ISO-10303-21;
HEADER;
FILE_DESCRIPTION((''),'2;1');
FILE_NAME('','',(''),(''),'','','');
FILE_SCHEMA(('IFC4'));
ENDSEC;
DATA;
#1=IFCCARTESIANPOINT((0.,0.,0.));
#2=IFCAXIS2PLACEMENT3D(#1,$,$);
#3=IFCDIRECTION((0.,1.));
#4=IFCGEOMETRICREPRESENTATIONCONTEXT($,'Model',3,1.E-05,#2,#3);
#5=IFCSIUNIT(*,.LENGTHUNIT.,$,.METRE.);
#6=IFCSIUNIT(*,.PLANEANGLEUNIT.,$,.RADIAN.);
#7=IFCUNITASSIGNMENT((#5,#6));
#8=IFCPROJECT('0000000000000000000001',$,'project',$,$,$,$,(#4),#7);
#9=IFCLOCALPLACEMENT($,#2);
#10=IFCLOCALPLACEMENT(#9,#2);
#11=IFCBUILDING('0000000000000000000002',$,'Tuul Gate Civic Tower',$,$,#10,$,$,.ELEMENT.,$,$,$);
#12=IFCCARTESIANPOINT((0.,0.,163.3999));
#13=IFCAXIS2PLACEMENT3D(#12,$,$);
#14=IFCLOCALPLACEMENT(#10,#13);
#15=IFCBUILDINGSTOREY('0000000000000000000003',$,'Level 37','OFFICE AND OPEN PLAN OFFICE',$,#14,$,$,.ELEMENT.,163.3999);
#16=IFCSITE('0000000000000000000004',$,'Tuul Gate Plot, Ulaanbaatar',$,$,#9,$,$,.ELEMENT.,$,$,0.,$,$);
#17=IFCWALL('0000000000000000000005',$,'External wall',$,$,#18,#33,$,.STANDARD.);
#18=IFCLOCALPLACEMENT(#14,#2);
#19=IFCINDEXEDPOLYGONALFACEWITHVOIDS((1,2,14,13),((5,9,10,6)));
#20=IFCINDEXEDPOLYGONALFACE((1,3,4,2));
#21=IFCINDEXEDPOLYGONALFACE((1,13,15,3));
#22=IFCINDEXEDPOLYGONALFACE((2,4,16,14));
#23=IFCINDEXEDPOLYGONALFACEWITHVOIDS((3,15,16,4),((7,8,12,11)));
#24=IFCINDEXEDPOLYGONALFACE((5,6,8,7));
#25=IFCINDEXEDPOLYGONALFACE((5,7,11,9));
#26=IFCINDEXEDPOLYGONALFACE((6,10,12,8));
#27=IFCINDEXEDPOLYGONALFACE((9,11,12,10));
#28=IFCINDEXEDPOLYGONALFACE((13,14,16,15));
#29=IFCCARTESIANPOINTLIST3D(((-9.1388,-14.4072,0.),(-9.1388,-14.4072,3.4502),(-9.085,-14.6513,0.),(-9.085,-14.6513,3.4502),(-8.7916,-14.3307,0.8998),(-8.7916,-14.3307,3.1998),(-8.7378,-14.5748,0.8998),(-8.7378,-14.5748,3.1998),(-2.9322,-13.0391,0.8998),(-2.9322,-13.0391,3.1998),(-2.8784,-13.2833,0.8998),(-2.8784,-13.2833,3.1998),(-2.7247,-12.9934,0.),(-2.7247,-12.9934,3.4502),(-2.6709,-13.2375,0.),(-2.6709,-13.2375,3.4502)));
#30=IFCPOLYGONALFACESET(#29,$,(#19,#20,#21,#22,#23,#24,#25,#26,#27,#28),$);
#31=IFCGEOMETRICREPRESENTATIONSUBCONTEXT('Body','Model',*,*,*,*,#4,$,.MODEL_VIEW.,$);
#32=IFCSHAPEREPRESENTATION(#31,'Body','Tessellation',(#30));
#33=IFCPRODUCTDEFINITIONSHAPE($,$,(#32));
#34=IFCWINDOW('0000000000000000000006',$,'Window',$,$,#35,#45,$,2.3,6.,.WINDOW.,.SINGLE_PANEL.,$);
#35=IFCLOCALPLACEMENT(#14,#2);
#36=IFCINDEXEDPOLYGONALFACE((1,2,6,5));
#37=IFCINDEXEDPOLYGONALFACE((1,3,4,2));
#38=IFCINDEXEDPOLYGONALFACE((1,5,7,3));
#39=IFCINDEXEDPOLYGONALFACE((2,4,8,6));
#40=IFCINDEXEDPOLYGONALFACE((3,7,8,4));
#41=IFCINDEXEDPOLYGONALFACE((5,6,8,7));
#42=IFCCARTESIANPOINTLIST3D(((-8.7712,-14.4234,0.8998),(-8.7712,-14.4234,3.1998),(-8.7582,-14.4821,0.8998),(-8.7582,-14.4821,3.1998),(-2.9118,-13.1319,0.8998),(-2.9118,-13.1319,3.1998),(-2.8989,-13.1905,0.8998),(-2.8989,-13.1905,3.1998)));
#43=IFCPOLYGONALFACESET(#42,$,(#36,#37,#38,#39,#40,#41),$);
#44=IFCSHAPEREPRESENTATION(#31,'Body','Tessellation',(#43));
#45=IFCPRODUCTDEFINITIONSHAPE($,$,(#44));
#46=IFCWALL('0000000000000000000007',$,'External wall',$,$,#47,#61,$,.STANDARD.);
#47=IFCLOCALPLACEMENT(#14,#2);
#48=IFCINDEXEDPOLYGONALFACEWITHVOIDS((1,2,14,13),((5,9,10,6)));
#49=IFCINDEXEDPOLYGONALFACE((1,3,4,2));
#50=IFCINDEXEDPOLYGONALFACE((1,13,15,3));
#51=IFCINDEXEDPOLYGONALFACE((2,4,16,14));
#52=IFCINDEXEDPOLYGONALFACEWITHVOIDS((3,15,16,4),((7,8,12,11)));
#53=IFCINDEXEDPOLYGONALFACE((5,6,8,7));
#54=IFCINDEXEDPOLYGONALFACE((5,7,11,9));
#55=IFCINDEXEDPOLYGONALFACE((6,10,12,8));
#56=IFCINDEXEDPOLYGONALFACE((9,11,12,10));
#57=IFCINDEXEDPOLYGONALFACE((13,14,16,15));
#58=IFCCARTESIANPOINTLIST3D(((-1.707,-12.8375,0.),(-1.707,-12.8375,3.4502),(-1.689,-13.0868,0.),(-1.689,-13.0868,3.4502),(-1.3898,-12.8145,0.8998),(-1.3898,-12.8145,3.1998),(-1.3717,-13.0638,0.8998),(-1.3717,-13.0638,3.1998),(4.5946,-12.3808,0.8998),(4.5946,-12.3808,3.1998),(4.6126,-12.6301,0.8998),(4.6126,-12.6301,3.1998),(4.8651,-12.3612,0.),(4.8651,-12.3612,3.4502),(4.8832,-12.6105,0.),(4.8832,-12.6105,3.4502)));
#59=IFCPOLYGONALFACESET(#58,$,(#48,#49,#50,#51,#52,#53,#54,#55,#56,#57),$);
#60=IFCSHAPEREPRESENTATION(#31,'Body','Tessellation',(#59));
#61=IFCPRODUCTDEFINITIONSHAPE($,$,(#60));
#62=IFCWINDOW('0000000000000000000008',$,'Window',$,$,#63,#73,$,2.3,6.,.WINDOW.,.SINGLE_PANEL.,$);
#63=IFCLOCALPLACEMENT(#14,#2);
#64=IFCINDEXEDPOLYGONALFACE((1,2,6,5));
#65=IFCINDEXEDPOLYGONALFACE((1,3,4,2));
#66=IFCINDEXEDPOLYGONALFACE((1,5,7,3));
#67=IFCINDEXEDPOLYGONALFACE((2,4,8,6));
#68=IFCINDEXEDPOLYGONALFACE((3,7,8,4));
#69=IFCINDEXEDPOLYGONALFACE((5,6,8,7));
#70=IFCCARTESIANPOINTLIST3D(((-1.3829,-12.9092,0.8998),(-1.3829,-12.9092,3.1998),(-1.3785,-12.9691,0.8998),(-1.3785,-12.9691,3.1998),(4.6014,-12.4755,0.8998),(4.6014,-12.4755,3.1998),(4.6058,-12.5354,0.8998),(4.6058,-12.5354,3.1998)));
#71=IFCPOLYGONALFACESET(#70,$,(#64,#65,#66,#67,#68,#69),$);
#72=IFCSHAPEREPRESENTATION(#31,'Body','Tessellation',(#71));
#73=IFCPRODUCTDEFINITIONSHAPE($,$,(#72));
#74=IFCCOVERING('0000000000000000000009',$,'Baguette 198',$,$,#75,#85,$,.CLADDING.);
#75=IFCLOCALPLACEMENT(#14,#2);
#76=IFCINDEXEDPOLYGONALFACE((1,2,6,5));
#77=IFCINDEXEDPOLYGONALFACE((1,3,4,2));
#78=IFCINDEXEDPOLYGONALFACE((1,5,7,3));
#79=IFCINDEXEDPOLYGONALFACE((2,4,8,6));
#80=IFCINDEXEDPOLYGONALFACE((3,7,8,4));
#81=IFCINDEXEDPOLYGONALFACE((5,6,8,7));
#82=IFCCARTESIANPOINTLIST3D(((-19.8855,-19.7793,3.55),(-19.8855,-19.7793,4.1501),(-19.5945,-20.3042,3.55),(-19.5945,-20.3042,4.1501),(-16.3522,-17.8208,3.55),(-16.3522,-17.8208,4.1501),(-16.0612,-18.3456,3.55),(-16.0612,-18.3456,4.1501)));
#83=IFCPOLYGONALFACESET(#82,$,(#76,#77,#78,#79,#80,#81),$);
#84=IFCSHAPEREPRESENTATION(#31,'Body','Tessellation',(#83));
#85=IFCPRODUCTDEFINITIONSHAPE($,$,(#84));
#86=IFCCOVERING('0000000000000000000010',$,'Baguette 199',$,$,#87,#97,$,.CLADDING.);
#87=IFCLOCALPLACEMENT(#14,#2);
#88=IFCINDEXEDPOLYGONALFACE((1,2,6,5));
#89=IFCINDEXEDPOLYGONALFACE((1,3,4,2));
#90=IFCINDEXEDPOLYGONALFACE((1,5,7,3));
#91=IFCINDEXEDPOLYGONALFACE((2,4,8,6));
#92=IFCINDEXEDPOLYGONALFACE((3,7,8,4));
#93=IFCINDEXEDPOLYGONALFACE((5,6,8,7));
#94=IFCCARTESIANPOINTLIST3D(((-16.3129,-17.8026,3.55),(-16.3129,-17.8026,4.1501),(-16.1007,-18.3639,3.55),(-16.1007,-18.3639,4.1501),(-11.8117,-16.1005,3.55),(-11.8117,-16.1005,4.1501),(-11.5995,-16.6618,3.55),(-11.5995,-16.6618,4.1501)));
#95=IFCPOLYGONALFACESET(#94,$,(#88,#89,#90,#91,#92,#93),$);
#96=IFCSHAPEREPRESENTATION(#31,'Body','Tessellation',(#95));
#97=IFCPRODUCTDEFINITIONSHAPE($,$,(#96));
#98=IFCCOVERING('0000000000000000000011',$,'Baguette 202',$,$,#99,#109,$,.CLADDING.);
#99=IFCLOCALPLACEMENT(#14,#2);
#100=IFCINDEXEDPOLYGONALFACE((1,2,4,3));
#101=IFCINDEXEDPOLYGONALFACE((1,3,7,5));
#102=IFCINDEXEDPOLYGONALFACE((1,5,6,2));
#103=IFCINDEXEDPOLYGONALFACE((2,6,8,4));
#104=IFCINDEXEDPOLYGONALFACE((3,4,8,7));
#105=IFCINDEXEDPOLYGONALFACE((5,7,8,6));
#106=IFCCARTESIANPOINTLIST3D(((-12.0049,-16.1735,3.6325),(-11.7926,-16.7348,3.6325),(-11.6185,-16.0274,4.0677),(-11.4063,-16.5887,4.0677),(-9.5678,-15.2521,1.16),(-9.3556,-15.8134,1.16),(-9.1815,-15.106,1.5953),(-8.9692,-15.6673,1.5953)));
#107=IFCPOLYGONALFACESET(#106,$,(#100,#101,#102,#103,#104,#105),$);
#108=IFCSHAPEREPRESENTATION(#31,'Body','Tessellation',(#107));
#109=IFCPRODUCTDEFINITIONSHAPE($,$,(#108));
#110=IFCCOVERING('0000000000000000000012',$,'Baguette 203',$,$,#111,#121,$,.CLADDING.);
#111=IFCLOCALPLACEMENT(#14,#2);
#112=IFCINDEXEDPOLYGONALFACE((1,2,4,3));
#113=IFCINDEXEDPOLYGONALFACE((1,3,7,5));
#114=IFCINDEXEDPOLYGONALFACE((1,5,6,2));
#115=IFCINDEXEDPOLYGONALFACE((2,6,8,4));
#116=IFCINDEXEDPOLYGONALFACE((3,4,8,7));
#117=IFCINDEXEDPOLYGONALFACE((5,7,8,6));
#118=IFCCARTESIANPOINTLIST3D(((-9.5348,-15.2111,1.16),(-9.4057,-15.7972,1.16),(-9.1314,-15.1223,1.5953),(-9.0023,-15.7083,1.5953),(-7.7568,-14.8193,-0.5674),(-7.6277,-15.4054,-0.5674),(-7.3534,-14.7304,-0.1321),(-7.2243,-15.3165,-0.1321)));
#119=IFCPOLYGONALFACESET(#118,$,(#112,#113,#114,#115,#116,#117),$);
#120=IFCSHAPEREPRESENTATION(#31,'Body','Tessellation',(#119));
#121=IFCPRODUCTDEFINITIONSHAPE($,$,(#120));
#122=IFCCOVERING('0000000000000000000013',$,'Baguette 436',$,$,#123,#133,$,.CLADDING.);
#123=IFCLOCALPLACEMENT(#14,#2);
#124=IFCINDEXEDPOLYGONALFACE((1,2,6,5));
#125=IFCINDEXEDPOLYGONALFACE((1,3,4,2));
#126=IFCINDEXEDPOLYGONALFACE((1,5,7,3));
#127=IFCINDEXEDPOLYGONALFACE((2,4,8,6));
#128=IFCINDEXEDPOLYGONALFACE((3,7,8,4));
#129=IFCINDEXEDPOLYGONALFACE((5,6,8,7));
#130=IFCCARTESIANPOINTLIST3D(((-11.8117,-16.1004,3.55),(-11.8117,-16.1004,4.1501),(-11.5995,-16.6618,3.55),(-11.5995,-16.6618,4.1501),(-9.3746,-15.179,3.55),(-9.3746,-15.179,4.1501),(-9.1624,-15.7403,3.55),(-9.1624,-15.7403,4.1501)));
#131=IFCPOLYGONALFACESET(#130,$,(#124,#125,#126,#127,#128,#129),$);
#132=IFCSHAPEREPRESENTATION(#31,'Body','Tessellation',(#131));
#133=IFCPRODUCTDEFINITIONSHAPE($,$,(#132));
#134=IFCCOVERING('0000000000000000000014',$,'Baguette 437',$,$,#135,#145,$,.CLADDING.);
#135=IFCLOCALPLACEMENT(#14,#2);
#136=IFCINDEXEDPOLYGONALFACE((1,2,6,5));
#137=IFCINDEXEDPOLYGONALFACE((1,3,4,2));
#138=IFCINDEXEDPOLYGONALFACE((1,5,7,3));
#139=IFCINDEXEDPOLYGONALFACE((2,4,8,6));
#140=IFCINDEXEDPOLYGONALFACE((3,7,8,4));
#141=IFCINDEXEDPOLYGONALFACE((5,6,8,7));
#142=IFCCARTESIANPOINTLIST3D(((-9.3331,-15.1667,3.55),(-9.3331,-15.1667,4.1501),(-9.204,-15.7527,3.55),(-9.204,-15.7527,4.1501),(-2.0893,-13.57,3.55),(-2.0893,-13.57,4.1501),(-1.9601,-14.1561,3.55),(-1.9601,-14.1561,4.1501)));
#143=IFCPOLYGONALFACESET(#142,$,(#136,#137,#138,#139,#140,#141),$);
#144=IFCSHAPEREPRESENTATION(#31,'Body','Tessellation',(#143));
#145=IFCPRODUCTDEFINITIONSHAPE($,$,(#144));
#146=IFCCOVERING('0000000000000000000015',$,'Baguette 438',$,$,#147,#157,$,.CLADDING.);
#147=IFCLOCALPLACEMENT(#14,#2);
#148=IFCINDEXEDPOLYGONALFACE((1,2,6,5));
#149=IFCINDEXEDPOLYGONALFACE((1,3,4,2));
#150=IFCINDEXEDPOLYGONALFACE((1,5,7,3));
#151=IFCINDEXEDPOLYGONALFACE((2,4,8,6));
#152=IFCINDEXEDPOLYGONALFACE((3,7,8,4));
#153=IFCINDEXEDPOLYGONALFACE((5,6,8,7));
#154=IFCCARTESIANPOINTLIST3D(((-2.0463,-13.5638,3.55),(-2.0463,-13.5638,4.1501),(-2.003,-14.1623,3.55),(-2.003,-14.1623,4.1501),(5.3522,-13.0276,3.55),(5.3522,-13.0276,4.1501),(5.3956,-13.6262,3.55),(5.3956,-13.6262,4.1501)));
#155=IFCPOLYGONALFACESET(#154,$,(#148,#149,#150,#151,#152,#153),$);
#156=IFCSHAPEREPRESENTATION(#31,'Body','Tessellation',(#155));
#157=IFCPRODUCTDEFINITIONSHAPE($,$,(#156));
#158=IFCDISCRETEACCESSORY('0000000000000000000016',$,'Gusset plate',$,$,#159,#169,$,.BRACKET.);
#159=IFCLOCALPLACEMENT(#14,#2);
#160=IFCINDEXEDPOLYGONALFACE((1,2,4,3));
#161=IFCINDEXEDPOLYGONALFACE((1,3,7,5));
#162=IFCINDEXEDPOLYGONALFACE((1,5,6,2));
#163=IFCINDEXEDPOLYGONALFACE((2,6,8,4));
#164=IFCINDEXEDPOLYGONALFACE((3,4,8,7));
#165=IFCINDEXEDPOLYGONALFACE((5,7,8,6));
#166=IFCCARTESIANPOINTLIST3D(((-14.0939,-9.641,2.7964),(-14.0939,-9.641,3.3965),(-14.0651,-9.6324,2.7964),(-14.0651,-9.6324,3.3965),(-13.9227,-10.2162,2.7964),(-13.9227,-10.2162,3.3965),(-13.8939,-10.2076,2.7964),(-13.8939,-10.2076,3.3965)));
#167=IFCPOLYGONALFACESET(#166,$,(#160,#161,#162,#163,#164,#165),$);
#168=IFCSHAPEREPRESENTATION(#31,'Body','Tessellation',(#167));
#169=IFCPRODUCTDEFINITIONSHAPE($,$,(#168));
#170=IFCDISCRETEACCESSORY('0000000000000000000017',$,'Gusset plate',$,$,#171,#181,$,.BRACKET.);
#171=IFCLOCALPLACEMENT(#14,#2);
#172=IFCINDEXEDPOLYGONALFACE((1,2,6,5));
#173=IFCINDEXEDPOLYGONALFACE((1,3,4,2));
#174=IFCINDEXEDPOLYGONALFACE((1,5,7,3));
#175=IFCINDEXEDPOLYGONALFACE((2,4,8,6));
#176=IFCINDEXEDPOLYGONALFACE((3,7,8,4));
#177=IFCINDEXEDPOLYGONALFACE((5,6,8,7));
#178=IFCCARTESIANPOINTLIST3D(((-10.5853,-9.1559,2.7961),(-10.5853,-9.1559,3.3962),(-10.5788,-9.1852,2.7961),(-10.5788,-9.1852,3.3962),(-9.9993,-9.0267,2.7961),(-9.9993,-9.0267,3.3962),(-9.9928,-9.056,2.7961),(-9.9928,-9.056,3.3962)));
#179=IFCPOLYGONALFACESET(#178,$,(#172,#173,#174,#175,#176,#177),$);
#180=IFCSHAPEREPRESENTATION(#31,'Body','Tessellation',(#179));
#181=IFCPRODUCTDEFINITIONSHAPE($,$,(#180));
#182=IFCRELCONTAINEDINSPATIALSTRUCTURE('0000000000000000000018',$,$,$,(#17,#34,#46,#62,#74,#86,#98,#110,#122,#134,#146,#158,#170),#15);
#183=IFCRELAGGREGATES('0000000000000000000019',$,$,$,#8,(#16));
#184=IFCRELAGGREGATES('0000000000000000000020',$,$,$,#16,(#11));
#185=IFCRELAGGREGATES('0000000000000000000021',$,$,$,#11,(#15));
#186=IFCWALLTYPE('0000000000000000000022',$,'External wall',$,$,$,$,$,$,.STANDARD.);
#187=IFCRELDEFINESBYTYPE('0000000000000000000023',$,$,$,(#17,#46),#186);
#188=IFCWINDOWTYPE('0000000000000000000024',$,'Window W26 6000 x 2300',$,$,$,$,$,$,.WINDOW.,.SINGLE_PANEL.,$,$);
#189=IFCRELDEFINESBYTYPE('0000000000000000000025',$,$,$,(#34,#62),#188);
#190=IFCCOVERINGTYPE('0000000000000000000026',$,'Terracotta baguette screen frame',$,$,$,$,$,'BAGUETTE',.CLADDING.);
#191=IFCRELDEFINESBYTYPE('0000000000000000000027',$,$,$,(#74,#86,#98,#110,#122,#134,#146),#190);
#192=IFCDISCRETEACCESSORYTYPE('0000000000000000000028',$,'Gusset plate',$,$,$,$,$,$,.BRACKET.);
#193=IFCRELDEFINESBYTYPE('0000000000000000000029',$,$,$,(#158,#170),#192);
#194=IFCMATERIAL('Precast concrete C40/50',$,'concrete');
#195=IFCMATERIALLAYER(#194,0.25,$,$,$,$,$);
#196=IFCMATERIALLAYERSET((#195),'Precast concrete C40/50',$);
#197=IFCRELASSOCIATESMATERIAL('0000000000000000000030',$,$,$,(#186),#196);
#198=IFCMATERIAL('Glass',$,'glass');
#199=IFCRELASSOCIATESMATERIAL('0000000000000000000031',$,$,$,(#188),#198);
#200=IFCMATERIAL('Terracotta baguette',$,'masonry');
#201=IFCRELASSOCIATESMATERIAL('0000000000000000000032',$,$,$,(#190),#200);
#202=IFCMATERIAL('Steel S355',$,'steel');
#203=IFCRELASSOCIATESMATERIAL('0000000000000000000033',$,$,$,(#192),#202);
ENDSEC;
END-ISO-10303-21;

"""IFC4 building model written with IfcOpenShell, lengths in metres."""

from ifc_helpers import new_model, si_unit, direction, frame, frame_2d, origin, origin_2d, place, context, subcontext, project, spatial, rectangle, extrude, material, layer, layer_set, material_profile, profile_set, type_object, element, fill, save


model = new_model("IFC4")

# Units and contexts
model_context = context("Model", 3, precision=1e-05, world=origin(), true_north=direction((0.0, 1.0)))
body_context = subcontext(model_context, "Body", "Model", "MODEL_VIEW")
ifc_project = project(units=[si_unit("LENGTHUNIT", "METRE"), si_unit("PLANEANGLEUNIT", "RADIAN")], contexts=[model_context])

# Site, building, storey
site_placement = place(None, origin())
site = spatial("IfcSite", under=ifc_project, at=site_placement, Name="Tuul Gate Plot, Ulaanbaatar", CompositionType="ELEMENT", RefElevation=0.0)
building_placement = place(site_placement, origin())
building = spatial("IfcBuilding", under=site, at=building_placement, Name="Tuul Gate Civic Tower", CompositionType="ELEMENT")
storey_placement = place(building_placement, frame((0.0, 0.0, 163.3999)))
storey = spatial("IfcBuildingStorey", under=building, at=storey_placement, Name="Level 37", Description="OFFICE AND OPEN PLAN OFFICE", CompositionType="ELEMENT", Elevation=163.3999)

# Walls, openings, windows
ifc_material_1 = material(Name="Precast concrete C40/50", Category="concrete")
ifc_layer_1 = layer(ifc_material_1, 0.25)
ifc_layer_set_1 = layer_set([ifc_layer_1], Name="Precast concrete C40/50")
wall_type_1 = type_object("IfcWallType", Name="External wall", PredefinedType="STANDARD", material=ifc_layer_set_1)
ifc_material_2 = material(Name="Glass", Category="glass")
window_type = type_object("IfcWindowType", Name="Window W26 6000 x 2300", PartitioningType="SINGLE_PANEL", PredefinedType="WINDOW", material=ifc_material_2)
wall_1_placement = place(storey_placement, frame((-9.1121, -14.5293, 0.0), z_axis=(0.0, 0.0, 1.0), x_axis=(0.976557, 0.215257, 0.0)))
wall_1 = element("IfcWall", 1, at=wall_1_placement, inside=storey, type_object=wall_type_1, Name="External wall", PredefinedType="STANDARD", context=body_context, shape_type="SweptSolid", body=[
    extrude(rectangle(XDim=6.5681, YDim=0.25, at=frame_2d((3.2842, 0.0))), origin(), (0.0, 0.0, 1.0), 3.4502),
])
opening_1_placement = place(wall_1_placement, frame((0.3557, 0.0, 0.8999)))
opening_1 = element("IfcOpeningElement", 2, at=opening_1_placement, cuts=wall_1, PredefinedType="OPENING", context=body_context, shape_type="SweptSolid", body=[
    extrude(rectangle(XDim=6.0, YDim=2.3, at=frame_2d((3.0, 1.1499))), frame((0.0, 0.135, 0.0), z_axis=(0.0, -1.0, 0.0), x_axis=(1.0, 0.0, 0.0)), (0.0, 0.0, 1.0), 0.27),
])
window_1_placement = place(opening_1_placement, origin())
window_1 = element("IfcWindow", 3, at=window_1_placement, inside=storey, type_object=window_type, Name="Window", OverallHeight=2.3, OverallWidth=6.0, PartitioningType="SINGLE_PANEL", PredefinedType="WINDOW", context=body_context, shape_type="SweptSolid", body=[
    extrude(rectangle(XDim=6.0, YDim=2.3, at=frame_2d((3.0, 1.1499))), frame((0.0, 0.03, 0.0), z_axis=(0.0, -1.0, 0.0), x_axis=(1.0, 0.0, 0.0)), (0.0, 0.0, 1.0), 0.0601),
])
fill(opening_1, window_1)
wall_2_placement = place(storey_placement, frame((-1.698, -12.9622, 0.0), z_axis=(0.0, 0.0, 1.0), x_axis=(0.997384, 0.072287, 0.0)))
wall_2 = element("IfcWall", 4, at=wall_2_placement, inside=storey, type_object=wall_type_1, Name="External wall", PredefinedType="STANDARD", context=body_context, shape_type="SweptSolid", body=[
    extrude(rectangle(XDim=6.5894, YDim=0.25, at=frame_2d((3.2947, 0.0))), origin(), (0.0, 0.0, 1.0), 3.4502),
])
opening_2_placement = place(wall_2_placement, frame((0.3181, 0.0, 0.8999)))
opening_2 = element("IfcOpeningElement", 5, at=opening_2_placement, cuts=wall_2, PredefinedType="OPENING", context=body_context, shape_type="SweptSolid", body=[
    extrude(rectangle(XDim=6.0, YDim=2.3, at=frame_2d((3.0, 1.1499))), frame((0.0, 0.135, 0.0), z_axis=(0.0, -1.0, 0.0), x_axis=(1.0, 0.0, 0.0)), (0.0, 0.0, 1.0), 0.27),
])
window_2_placement = place(opening_2_placement, origin())
window_2 = element("IfcWindow", 6, at=window_2_placement, inside=storey, type_object=window_type, Name="Window", OverallHeight=2.3, OverallWidth=6.0, PartitioningType="SINGLE_PANEL", PredefinedType="WINDOW", context=body_context, shape_type="SweptSolid", body=[
    extrude(rectangle(XDim=6.0, YDim=2.3, at=frame_2d((3.0, 1.1499))), frame((0.0, 0.03, 0.0), z_axis=(0.0, -1.0, 0.0), x_axis=(1.0, 0.0, 0.0)), (0.0, 0.0, 1.0), 0.0601),
])
fill(opening_2, window_2)

# Coverings
ifc_material_3 = material(Name="Terracotta baguette", Category="masonry")
ifc_material_profile_1 = material_profile(ifc_material_3, rectangle(XDim=0.6001, YDim=0.6001, at=origin_2d()), Name="Terracotta baguette screen frame")
ifc_profile_set_1 = profile_set([ifc_material_profile_1], Name="Terracotta baguette")
covering_type = type_object("IfcCoveringType", Name="Terracotta baguette screen frame", ElementType="BAGUETTE", PredefinedType="CLADDING", material=ifc_profile_set_1)
covering_1_placement = place(storey_placement, frame((-19.74, -20.0417, 3.8501), z_axis=(0.874619, 0.484811, 0.0), x_axis=(-0.484811, 0.874619, 0.0)))
element("IfcCovering", 7, at=covering_1_placement, inside=storey, type_object=covering_type, Name="Baguette 198", PredefinedType="CLADDING", context=body_context, shape_type="SweptSolid", body=[
    extrude(rectangle(XDim=0.6001, YDim=0.6001, at=origin_2d()), origin(), (0.0, 0.0, 1.0), 4.0398),
])
covering_2_placement = place(storey_placement, frame((-16.2068, -18.0833, 3.8501), z_axis=(0.935356, 0.353707, 0.0), x_axis=(-0.353707, 0.935356, 0.0)))
element("IfcCovering", 8, at=covering_2_placement, inside=storey, type_object=covering_type, Name="Baguette 199", PredefinedType="CLADDING", context=body_context, shape_type="SweptSolid", body=[
    extrude(rectangle(XDim=0.6001, YDim=0.6001, at=origin_2d()), origin(), (0.0, 0.0, 1.0), 4.8123),
])
covering_3_placement = place(storey_placement, frame((-11.7056, -16.3811, 3.8501), z_axis=(0.678499, 0.256527, -0.688355), x_axis=(-0.353648, 0.935378, 0.0)))
element("IfcCovering", 9, at=covering_3_placement, inside=storey, type_object=covering_type, Name="Baguette 202", PredefinedType="CLADDING", context=body_context, shape_type="SweptSolid", body=[
    extrude(rectangle(XDim=0.6001, YDim=0.6001, at=origin_2d()), origin(), (0.0, 0.0, 1.0), 3.5918),
])
covering_4_placement = place(storey_placement, frame((-9.2686, -15.4597, 1.3777), z_axis=(0.708431, 0.156121, -0.688296), x_axis=(-0.215212, 0.976567, 0.0)))
element("IfcCovering", 10, at=covering_4_placement, inside=storey, type_object=covering_type, Name="Baguette 203", PredefinedType="CLADDING", context=body_context, shape_type="SweptSolid", body=[
    extrude(rectangle(XDim=0.6001, YDim=0.6001, at=origin_2d()), origin(), (0.0, 0.0, 1.0), 2.5098),
])
covering_5_placement = place(storey_placement, frame((-11.7056, -16.3811, 3.8501), z_axis=(0.935378, 0.353648, 0.0), x_axis=(-0.353648, 0.935378, 0.0)))
element("IfcCovering", 11, at=covering_5_placement, inside=storey, type_object=covering_type, Name="Baguette 436", PredefinedType="CLADDING", context=body_context, shape_type="SweptSolid", body=[
    extrude(rectangle(XDim=0.6001, YDim=0.6001, at=origin_2d()), origin(), (0.0, 0.0, 1.0), 2.6055),
])
covering_6_placement = place(storey_placement, frame((-9.2686, -15.4597, 3.8501), z_axis=(0.976559, 0.21525, 0.0), x_axis=(-0.21525, 0.976559, 0.0)))
element("IfcCovering", 12, at=covering_6_placement, inside=storey, type_object=covering_type, Name="Baguette 437", PredefinedType="CLADDING", context=body_context, shape_type="SweptSolid", body=[
    extrude(rectangle(XDim=0.6001, YDim=0.6001, at=origin_2d()), origin(), (0.0, 0.0, 1.0), 7.4177),
])
covering_7_placement = place(storey_placement, frame((-2.0247, -13.863, 3.8501), z_axis=(0.997385, 0.072274, 0.0), x_axis=(-0.072274, 0.997385, 0.0)))
element("IfcCovering", 13, at=covering_7_placement, inside=storey, type_object=covering_type, Name="Baguette 438", PredefinedType="CLADDING", context=body_context, shape_type="SweptSolid", body=[
    extrude(rectangle(XDim=0.6001, YDim=0.6001, at=origin_2d()), origin(), (0.0, 0.0, 1.0), 7.418),
])

# Discrete accessories
ifc_material_4 = material(Name="Steel S355", Category="steel")
discrete_accessory_type_1 = type_object("IfcDiscreteAccessoryType", Name="Gusset plate", PredefinedType="BRACKET", material=ifc_material_4)
for number, where, z_axis, x_axis, name in (
    (14, (-13.9939, -9.9243, 2.7964), (0.0, 0.0, 1.0), (-0.285212, 0.958464, 0.0), "Gusset plate"),
    (15, (-10.2891, -9.106, 2.7961), (0.0, 0.0, 1.0), (-0.976564, -0.215229, 0.0), "Gusset plate"),
):
    element("IfcDiscreteAccessory", number, at=place(storey_placement, frame(where, z_axis=z_axis, x_axis=x_axis)), inside=storey, type_object=discrete_accessory_type_1, Name=name, PredefinedType="BRACKET", context=body_context, shape_type="SweptSolid", body=[
        extrude(rectangle(XDim=0.6001, YDim=0.03, at=origin_2d()), origin(), (0.0, 0.0, 1.0), 0.6001),
    ])

save(model, "model.ifc")
